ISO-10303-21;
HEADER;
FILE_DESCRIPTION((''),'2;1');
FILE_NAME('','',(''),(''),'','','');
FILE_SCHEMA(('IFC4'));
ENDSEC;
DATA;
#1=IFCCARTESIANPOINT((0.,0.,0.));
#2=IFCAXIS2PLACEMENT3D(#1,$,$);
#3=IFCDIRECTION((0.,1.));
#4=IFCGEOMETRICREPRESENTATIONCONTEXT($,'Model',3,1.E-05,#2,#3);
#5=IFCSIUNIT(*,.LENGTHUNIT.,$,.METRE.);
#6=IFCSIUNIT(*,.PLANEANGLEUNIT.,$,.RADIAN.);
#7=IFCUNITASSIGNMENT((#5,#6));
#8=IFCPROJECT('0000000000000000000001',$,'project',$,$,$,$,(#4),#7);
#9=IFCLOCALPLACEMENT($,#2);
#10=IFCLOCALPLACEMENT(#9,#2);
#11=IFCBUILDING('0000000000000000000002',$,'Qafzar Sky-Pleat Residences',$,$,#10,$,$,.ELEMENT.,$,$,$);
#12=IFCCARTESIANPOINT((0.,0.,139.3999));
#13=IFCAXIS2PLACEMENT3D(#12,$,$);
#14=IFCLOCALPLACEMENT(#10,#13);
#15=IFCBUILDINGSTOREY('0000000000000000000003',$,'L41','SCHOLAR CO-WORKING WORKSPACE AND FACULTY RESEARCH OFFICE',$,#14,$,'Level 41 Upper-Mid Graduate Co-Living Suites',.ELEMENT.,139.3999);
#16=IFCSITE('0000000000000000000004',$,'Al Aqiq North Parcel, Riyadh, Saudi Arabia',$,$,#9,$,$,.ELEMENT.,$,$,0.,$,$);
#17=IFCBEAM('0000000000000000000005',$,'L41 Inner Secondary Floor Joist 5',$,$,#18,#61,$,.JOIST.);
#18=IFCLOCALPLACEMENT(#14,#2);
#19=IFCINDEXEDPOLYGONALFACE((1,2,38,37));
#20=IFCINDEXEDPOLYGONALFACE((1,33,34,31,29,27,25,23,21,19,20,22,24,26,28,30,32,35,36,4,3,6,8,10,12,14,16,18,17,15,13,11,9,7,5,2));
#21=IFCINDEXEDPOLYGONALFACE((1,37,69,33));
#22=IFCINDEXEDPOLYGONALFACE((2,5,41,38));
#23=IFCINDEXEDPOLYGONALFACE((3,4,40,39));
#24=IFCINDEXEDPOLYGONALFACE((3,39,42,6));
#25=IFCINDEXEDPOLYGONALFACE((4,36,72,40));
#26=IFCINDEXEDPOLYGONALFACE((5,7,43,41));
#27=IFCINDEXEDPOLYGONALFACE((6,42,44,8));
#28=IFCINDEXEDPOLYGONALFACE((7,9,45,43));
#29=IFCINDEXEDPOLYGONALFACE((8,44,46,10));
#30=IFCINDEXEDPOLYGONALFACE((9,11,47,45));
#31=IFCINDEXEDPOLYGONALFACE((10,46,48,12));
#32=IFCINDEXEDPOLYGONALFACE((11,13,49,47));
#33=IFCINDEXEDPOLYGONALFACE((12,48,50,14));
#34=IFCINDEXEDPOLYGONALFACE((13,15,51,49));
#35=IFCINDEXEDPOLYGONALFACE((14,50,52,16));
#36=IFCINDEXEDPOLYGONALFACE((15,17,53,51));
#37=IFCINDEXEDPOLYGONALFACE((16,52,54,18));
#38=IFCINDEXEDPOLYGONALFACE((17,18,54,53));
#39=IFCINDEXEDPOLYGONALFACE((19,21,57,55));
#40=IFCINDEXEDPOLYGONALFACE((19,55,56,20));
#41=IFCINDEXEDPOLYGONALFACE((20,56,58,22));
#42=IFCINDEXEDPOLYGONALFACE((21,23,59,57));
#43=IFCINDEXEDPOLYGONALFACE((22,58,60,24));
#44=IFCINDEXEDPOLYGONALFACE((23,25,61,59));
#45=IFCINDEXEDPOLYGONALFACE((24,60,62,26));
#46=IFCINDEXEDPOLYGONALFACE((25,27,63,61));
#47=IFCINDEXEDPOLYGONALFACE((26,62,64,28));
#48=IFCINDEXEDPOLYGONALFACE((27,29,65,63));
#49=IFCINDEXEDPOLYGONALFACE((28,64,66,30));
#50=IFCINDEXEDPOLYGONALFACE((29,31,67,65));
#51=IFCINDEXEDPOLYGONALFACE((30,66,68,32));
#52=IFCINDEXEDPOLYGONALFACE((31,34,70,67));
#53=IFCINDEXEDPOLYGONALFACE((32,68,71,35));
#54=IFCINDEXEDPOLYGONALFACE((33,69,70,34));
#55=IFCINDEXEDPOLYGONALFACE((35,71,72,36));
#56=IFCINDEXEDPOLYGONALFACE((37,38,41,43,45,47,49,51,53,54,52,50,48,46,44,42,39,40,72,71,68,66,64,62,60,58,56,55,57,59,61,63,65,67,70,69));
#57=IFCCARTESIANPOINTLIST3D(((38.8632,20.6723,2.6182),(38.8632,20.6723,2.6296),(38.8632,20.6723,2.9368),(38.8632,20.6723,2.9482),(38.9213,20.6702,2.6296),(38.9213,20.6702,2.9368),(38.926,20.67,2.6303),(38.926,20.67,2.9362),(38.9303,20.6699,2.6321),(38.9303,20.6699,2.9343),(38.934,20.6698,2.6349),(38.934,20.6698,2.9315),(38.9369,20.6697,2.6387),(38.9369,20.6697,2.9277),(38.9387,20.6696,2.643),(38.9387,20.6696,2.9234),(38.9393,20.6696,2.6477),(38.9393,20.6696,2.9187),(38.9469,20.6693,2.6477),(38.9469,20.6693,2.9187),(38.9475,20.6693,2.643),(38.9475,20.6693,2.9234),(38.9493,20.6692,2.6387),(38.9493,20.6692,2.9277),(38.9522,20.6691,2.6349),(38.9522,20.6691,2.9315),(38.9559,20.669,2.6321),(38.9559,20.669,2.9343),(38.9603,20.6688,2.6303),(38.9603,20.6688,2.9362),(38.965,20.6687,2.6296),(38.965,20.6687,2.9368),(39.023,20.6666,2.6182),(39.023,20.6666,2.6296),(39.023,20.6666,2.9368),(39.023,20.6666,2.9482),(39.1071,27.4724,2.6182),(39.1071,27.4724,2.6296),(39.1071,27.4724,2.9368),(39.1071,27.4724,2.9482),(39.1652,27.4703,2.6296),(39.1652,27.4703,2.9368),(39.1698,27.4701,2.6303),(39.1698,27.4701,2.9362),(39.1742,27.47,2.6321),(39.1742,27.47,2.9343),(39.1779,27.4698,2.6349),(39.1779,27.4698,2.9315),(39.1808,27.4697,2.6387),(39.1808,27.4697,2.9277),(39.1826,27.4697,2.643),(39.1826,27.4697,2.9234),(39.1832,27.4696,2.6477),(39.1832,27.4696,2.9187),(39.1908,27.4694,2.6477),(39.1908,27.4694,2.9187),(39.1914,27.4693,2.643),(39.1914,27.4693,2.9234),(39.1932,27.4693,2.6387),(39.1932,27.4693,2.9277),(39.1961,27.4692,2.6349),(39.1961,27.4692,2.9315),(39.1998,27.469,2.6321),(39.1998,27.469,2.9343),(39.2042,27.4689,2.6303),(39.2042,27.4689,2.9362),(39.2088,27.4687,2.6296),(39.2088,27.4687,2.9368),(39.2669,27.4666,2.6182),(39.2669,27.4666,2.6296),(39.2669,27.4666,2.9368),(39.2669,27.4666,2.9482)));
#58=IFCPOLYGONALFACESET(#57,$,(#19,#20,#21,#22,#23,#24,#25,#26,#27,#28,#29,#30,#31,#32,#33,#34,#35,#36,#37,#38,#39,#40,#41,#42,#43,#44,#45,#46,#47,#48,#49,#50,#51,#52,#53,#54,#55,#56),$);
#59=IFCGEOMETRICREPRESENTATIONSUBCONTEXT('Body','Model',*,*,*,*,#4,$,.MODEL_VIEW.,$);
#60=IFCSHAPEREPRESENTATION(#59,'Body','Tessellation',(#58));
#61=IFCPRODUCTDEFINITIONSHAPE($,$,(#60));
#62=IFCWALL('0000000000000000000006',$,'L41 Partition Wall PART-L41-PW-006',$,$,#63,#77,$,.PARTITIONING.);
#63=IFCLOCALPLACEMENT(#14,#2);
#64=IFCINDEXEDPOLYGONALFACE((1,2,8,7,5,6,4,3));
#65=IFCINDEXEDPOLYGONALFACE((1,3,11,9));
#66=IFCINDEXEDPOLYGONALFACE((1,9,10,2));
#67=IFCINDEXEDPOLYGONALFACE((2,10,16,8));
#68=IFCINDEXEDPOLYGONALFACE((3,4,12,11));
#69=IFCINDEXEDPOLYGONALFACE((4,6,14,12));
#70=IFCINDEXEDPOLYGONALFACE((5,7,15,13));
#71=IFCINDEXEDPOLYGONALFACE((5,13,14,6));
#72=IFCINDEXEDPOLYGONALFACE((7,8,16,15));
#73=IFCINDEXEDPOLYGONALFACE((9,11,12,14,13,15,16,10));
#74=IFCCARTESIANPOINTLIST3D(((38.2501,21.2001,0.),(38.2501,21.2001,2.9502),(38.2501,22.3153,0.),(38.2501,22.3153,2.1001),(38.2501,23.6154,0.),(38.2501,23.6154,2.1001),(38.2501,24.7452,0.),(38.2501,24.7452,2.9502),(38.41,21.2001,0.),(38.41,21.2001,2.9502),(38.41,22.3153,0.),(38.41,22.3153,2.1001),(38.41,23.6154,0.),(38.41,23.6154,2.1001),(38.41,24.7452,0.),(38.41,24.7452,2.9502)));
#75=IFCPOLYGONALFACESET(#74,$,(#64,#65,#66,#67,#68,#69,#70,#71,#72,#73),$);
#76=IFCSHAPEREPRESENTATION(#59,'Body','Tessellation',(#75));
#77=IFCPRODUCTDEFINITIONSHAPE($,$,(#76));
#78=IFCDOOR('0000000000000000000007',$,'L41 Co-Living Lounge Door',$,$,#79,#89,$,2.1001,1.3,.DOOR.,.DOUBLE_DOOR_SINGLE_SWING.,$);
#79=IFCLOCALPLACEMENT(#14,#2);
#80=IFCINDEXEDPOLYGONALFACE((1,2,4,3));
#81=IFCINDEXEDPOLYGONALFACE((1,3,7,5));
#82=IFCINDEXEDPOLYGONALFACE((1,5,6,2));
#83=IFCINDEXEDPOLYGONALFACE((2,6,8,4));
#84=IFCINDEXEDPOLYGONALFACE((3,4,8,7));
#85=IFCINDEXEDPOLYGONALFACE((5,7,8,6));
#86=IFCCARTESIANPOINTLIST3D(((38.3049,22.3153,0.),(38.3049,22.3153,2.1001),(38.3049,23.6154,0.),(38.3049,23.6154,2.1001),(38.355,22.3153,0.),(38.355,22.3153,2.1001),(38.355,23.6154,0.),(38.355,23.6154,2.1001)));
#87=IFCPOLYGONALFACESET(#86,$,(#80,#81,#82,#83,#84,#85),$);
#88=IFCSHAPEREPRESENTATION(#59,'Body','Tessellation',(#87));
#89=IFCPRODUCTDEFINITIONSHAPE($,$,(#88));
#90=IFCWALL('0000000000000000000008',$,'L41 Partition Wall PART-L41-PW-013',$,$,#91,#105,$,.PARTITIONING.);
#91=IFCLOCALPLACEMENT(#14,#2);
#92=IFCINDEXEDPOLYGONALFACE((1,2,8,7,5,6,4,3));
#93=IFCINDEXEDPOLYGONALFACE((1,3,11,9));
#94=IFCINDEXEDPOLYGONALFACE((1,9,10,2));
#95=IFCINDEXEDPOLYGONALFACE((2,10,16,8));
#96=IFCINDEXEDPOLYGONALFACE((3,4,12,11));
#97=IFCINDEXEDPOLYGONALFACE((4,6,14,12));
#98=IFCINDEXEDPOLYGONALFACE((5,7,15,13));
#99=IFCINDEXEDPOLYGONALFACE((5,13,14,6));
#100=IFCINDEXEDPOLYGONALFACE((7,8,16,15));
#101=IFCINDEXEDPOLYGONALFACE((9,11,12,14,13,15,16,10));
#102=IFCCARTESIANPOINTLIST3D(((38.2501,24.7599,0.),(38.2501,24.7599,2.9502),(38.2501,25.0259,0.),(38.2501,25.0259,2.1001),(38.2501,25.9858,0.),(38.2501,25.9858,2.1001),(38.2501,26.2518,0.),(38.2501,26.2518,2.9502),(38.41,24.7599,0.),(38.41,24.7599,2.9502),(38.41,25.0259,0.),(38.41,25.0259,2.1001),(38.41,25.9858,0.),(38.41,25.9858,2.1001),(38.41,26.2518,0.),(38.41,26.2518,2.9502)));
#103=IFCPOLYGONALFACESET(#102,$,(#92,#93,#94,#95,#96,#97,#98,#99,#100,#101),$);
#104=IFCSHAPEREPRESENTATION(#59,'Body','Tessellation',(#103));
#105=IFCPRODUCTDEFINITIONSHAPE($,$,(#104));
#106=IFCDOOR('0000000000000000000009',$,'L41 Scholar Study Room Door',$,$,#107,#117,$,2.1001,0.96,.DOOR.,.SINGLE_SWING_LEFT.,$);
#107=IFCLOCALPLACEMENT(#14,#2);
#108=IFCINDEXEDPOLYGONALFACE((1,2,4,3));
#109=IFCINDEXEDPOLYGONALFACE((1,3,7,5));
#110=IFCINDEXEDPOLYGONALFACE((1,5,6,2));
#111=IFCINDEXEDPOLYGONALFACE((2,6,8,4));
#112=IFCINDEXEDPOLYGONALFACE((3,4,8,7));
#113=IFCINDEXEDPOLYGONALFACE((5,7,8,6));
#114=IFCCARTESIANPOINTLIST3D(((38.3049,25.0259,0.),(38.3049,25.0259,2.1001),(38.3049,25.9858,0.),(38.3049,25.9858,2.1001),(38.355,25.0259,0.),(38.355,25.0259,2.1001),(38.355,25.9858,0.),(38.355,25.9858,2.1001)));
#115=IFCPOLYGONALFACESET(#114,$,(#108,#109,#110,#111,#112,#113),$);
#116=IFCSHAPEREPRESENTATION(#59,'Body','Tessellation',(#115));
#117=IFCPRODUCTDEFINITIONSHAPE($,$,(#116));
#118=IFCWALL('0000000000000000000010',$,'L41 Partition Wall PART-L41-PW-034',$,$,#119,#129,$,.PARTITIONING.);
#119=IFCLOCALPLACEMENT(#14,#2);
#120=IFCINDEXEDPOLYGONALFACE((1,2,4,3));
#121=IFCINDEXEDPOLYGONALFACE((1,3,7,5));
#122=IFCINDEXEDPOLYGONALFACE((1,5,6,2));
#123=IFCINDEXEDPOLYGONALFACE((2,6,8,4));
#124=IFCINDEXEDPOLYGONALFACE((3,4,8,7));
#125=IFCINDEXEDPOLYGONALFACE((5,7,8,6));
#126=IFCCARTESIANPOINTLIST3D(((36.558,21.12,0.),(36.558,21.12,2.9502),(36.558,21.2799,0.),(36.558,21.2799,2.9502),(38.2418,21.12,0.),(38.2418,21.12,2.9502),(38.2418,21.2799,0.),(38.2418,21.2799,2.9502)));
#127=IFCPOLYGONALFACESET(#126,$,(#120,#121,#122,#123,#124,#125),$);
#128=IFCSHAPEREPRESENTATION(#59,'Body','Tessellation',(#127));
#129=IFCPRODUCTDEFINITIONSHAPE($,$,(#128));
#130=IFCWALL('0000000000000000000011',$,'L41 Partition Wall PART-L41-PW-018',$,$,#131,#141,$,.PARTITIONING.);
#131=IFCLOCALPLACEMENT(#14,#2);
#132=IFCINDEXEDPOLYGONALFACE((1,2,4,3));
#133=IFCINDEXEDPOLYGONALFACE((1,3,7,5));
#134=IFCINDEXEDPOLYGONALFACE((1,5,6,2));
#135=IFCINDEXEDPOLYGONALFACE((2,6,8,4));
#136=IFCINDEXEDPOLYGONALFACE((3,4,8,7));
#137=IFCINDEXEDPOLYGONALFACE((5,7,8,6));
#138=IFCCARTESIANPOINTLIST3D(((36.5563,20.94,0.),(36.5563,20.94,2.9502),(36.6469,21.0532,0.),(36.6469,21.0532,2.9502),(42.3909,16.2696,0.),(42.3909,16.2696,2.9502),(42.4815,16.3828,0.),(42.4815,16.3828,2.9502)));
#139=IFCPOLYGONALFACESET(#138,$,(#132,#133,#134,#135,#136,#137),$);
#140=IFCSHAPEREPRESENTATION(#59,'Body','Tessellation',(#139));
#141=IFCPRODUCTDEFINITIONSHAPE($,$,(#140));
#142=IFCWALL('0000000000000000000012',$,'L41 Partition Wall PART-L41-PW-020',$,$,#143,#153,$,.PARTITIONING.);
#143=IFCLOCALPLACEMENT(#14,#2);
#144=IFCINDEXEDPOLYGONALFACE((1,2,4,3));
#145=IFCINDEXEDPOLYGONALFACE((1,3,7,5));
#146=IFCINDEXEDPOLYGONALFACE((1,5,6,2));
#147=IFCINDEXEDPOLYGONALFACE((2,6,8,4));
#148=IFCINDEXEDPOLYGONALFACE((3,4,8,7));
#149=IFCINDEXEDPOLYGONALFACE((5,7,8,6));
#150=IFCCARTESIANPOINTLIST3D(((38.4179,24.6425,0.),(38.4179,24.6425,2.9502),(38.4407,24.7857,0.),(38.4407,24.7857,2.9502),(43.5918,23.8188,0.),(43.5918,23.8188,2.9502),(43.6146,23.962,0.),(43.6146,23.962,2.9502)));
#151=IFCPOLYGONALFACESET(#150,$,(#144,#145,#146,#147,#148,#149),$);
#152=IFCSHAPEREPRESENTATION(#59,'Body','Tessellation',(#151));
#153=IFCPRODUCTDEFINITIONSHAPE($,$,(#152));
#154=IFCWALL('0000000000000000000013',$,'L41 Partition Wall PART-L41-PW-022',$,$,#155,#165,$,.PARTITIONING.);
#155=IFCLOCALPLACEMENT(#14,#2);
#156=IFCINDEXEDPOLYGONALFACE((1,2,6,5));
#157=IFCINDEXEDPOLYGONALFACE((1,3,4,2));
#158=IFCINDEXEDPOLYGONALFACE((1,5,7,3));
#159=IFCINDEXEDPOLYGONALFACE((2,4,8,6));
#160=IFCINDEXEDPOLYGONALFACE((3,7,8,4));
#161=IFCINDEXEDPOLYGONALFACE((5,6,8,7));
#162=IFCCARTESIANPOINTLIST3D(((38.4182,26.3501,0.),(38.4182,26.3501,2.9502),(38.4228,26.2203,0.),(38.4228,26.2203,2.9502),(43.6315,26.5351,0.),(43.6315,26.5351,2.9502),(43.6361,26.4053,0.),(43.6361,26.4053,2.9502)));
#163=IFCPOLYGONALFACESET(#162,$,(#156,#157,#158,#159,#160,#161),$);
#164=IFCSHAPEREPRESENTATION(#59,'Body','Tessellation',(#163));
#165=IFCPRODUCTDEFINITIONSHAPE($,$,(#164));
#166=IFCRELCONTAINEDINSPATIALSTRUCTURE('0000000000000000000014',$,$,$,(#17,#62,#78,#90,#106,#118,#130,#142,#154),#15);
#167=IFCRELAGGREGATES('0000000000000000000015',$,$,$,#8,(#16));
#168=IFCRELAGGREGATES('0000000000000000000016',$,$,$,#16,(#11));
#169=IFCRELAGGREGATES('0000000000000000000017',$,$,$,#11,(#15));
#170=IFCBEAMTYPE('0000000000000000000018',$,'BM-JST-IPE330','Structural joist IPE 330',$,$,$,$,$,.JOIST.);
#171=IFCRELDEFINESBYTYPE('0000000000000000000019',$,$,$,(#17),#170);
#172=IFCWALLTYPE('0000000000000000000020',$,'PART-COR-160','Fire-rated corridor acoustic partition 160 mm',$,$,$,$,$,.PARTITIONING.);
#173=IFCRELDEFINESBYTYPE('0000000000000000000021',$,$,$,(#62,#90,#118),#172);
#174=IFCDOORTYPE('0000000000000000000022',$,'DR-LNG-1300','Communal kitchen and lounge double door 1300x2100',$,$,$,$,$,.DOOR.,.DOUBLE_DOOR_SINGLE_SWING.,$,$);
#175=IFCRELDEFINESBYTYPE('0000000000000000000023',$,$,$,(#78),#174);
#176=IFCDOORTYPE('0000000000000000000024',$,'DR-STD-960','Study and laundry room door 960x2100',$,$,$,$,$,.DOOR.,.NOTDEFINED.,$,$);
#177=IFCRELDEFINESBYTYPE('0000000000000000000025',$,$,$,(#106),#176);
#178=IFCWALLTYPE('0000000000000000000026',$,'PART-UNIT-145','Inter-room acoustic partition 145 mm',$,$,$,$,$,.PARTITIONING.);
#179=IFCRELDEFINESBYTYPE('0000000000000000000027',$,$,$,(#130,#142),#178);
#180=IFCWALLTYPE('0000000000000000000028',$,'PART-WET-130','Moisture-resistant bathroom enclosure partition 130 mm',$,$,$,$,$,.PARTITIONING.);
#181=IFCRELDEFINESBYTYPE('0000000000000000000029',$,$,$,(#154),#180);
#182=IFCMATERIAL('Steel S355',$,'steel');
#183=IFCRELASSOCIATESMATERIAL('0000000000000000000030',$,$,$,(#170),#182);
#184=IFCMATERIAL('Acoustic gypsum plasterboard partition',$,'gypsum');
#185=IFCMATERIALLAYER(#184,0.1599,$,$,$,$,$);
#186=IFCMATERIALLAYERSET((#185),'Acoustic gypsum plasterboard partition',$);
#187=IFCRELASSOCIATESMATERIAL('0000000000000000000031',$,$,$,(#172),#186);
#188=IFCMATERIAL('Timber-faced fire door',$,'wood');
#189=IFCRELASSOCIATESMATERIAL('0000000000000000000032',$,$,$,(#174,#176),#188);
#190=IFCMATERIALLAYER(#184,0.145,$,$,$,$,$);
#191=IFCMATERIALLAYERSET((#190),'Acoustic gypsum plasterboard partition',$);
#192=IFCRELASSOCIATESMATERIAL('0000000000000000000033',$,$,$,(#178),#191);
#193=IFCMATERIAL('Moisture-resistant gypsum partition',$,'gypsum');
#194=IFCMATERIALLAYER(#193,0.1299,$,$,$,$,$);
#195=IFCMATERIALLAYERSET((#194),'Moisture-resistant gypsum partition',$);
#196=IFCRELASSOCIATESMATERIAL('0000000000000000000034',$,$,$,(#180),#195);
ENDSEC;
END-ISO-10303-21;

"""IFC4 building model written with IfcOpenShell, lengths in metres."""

from ifc_helpers import new_model, si_unit, direction, frame, frame_2d, origin, origin_2d, place, context, subcontext, project, spatial, rectangle, i_section, extrude, source, transform, mapped, material, layer, layer_set, material_profile, profile_set, type_object, element, fill, save


model = new_model("IFC4")

# Units and contexts
model_context = context("Model", 3, precision=1e-05, world=origin(), true_north=direction((0.0, 1.0)))
body_context = subcontext(model_context, "Body", "Model", "MODEL_VIEW")
ifc_project = project(units=[si_unit("LENGTHUNIT", "METRE"), si_unit("PLANEANGLEUNIT", "RADIAN")], contexts=[model_context])

# Site, building, storey
site_placement = place(None, origin())
site = spatial("IfcSite", under=ifc_project, at=site_placement, Name="Al Aqiq North Parcel, Riyadh, Saudi Arabia", CompositionType="ELEMENT", RefElevation=0.0)
building_placement = place(site_placement, origin())
building = spatial("IfcBuilding", under=site, at=building_placement, Name="Qafzar Sky-Pleat Residences", CompositionType="ELEMENT")
storey_placement = place(building_placement, frame((0.0, 0.0, 139.3999)))
storey = spatial("IfcBuildingStorey", under=building, at=storey_placement, Name="L41", Description="SCHOLAR CO-WORKING WORKSPACE AND FACULTY RESEARCH OFFICE", LongName="Level 41 Upper-Mid Graduate Co-Living Suites", CompositionType="ELEMENT", Elevation=139.3999)

# Shared definitions
ifc_material_1 = material(Name="Steel S355", Category="steel")

# Beam
ifc_material_profile_1 = material_profile(ifc_material_1, i_section(OverallWidth=0.1599, OverallDepth=0.3301, WebThickness=0.0076, FlangeThickness=0.0115, FilletRadius=0.0181, at=origin_2d()), Name="IPE 330")
ifc_profile_set_1 = profile_set([ifc_material_profile_1], Name="Steel S355")
beam_type_1 = type_object("IfcBeamType", Name="BM-JST-IPE330", Description="Structural joist IPE 330", PredefinedType="JOIST", material=ifc_profile_set_1)
shared_shape_1 = source(origin(), body_context, "Body", "SweptSolid", [
    extrude(i_section(OverallWidth=0.1599, OverallDepth=0.3301, WebThickness=0.0076, FlangeThickness=0.0115, FilletRadius=0.0181, at=origin_2d()), origin(), (0.0, 0.0, 1.0), 6.8044),
])
beam_1_placement = place(storey_placement, frame((38.9431, 20.6694, 2.7832), z_axis=(0.035844, 0.999357, 0.0), x_axis=(-0.999357, 0.035844, 0.0)))
element("IfcBeam", 1, at=beam_1_placement, inside=storey, type_object=beam_type_1, Name="L41 Inner Secondary Floor Joist 5", PredefinedType="JOIST", context=body_context, shape_type="MappedRepresentation", body=[
    mapped(shared_shape_1, transform((0.0, 0.0, 0.0), x_axis=(1.0, 0.0, 0.0), y_axis=(0.0, 1.0, 0.0), z_axis=(0.0, 0.0, 1.0), scale=1.0)),
])

# Walls, openings, doors
ifc_material_2 = material(Name="Acoustic gypsum plasterboard partition", Category="gypsum")
ifc_layer_1 = layer(ifc_material_2, 0.1599)
ifc_layer_set_1 = layer_set([ifc_layer_1], Name="Acoustic gypsum plasterboard partition")
wall_type_1 = type_object("IfcWallType", Name="PART-COR-160", Description="Fire-rated corridor acoustic partition 160 mm", PredefinedType="PARTITIONING", material=ifc_layer_set_1)
wall_1_placement = place(storey_placement, frame((38.3301, 24.7451, 0.0), z_axis=(0.0, 0.0, 1.0), x_axis=(0.0, -1.0, 0.0)))
wall_1 = element("IfcWall", 2, at=wall_1_placement, inside=storey, type_object=wall_type_1, Name="L41 Partition Wall PART-L41-PW-006", PredefinedType="PARTITIONING", context=body_context, shape_type="SweptSolid", body=[
    extrude(rectangle(XDim=3.5452, YDim=0.1599, at=frame_2d((1.7725, 0.0))), origin(), (0.0, 0.0, 1.0), 2.9502),
])
opening_1_placement = place(wall_1_placement, frame((1.1299, 0.0, 0.0)))
opening_1 = element("IfcOpeningElement", 3, at=opening_1_placement, cuts=wall_1, PredefinedType="OPENING", context=body_context, shape_type="SweptSolid", body=[
    extrude(rectangle(XDim=1.3, YDim=2.1001, at=frame_2d((0.6499, 1.05))), frame((0.0, 0.0898, 0.0), z_axis=(0.0, -1.0, 0.0), x_axis=(1.0, 0.0, 0.0)), (0.0, 0.0, 1.0), 0.1799),
])
ifc_material_3 = material(Name="Timber-faced fire door", Category="wood")
door_type_1 = type_object("IfcDoorType", Name="DR-LNG-1300", Description="Communal kitchen and lounge double door 1300x2100", OperationType="DOUBLE_DOOR_SINGLE_SWING", PredefinedType="DOOR", material=ifc_material_3)
shared_shape_2 = source(origin(), body_context, "Body", "SweptSolid", [
    extrude(rectangle(XDim=1.3, YDim=2.1001, at=frame_2d((0.6499, 1.05))), frame((0.0, 0.0249, 0.0), z_axis=(0.0, -1.0, 0.0), x_axis=(1.0, 0.0, 0.0)), (0.0, 0.0, 1.0), 0.05),
])
door_1_placement = place(opening_1_placement, origin())
door_1 = element("IfcDoor", 4, at=door_1_placement, inside=storey, type_object=door_type_1, Name="L41 Co-Living Lounge Door", OperationType="DOUBLE_DOOR_SINGLE_SWING", OverallHeight=2.1001, OverallWidth=1.3, PredefinedType="DOOR", context=body_context, shape_type="MappedRepresentation", body=[
    mapped(shared_shape_2, transform((0.0, 0.0, 0.0), x_axis=(1.0, 0.0, 0.0), y_axis=(0.0, 1.0, 0.0), z_axis=(0.0, 0.0, 1.0), scale=1.0)),
])
fill(opening_1, door_1)
wall_2_placement = place(storey_placement, frame((38.3301, 26.252, 0.0), z_axis=(0.0, 0.0, 1.0), x_axis=(0.0, -1.0, 0.0)))
wall_2 = element("IfcWall", 5, at=wall_2_placement, inside=storey, type_object=wall_type_1, Name="L41 Partition Wall PART-L41-PW-013", PredefinedType="PARTITIONING", context=body_context, shape_type="SweptSolid", body=[
    extrude(rectangle(XDim=1.4919, YDim=0.1599, at=frame_2d((0.7461, 0.0))), origin(), (0.0, 0.0, 1.0), 2.9502),
])
opening_2_placement = place(wall_2_placement, frame((0.2661, 0.0, 0.0)))
opening_2 = element("IfcOpeningElement", 6, at=opening_2_placement, cuts=wall_2, PredefinedType="OPENING", context=body_context, shape_type="SweptSolid", body=[
    extrude(rectangle(XDim=0.96, YDim=2.1001, at=frame_2d((0.48, 1.05))), frame((0.0, 0.0898, 0.0), z_axis=(0.0, -1.0, 0.0), x_axis=(1.0, 0.0, 0.0)), (0.0, 0.0, 1.0), 0.1799),
])
door_type_2 = type_object("IfcDoorType", Name="DR-STD-960", Description="Study and laundry room door 960x2100", OperationType="NOTDEFINED", PredefinedType="DOOR", material=ifc_material_3)
shared_shape_3 = source(origin(), body_context, "Body", "SweptSolid", [
    extrude(rectangle(XDim=0.96, YDim=2.1001, at=frame_2d((0.48, 1.05))), frame((0.0, 0.0249, 0.0), z_axis=(0.0, -1.0, 0.0), x_axis=(1.0, 0.0, 0.0)), (0.0, 0.0, 1.0), 0.05),
])
door_2_placement = place(opening_2_placement, origin())
door_2 = element("IfcDoor", 7, at=door_2_placement, inside=storey, type_object=door_type_2, Name="L41 Scholar Study Room Door", OperationType="SINGLE_SWING_LEFT", OverallHeight=2.1001, OverallWidth=0.96, PredefinedType="DOOR", context=body_context, shape_type="MappedRepresentation", body=[
    mapped(shared_shape_3, transform((0.0, 0.0, 0.0), x_axis=(1.0, 0.0, 0.0), y_axis=(0.0, 1.0, 0.0), z_axis=(0.0, 0.0, 1.0), scale=1.0)),
])
fill(opening_2, door_2)

# Walls
wall_3_placement = place(storey_placement, frame((36.5581, 21.2, 0.0), z_axis=(0.0, 0.0, 1.0), x_axis=(1.0, 0.0, 0.0)))
element("IfcWall", 8, at=wall_3_placement, inside=storey, type_object=wall_type_1, Name="L41 Partition Wall PART-L41-PW-034", PredefinedType="PARTITIONING", context=body_context, shape_type="SweptSolid", body=[
    extrude(rectangle(XDim=1.6838, YDim=0.1599, at=frame_2d((0.8418, 0.0))), origin(), (0.0, 0.0, 1.0), 2.9502),
])
ifc_layer_2 = layer(ifc_material_2, 0.145)
ifc_layer_set_2 = layer_set([ifc_layer_2], Name="Acoustic gypsum plasterboard partition")
wall_type_2 = type_object("IfcWallType", Name="PART-UNIT-145", Description="Inter-room acoustic partition 145 mm", PredefinedType="PARTITIONING", material=ifc_layer_set_2)
wall_4_placement = place(storey_placement, frame((36.6016, 20.9966, 0.0), z_axis=(0.0, 0.0, 1.0), x_axis=(0.780697, -0.62491, 0.0)))
element("IfcWall", 9, at=wall_4_placement, inside=storey, type_object=wall_type_2, Name="L41 Partition Wall PART-L41-PW-018", PredefinedType="PARTITIONING", context=body_context, shape_type="SweptSolid", body=[
    extrude(rectangle(XDim=7.4736, YDim=0.145, at=frame_2d((3.7368, 0.0))), origin(), (0.0, 0.0, 1.0), 2.9502),
])
wall_5_placement = place(storey_placement, frame((38.4292, 24.7141, 0.0), z_axis=(0.0, 0.0, 1.0), x_axis=(0.987562, -0.157231, 0.0)))
element("IfcWall", 10, at=wall_5_placement, inside=storey, type_object=wall_type_2, Name="L41 Partition Wall PART-L41-PW-020", PredefinedType="PARTITIONING", context=body_context, shape_type="SweptSolid", body=[
    extrude(rectangle(XDim=5.239, YDim=0.145, at=frame_2d((2.6196, 0.0))), origin(), (0.0, 0.0, 1.0), 2.9502),
])
ifc_material_4 = material(Name="Moisture-resistant gypsum partition", Category="gypsum")
ifc_layer_3 = layer(ifc_material_4, 0.1299)
ifc_layer_set_3 = layer_set([ifc_layer_3], Name="Moisture-resistant gypsum partition")
wall_type_3 = type_object("IfcWallType", Name="PART-WET-130", Description="Moisture-resistant bathroom enclosure partition 130 mm", PredefinedType="PARTITIONING", material=ifc_layer_set_3)
wall_6_placement = place(storey_placement, frame((38.4204, 26.2852, 0.0), z_axis=(0.0, 0.0, 1.0), x_axis=(0.999371, 0.035475, 0.0)))
element("IfcWall", 11, at=wall_6_placement, inside=storey, type_object=wall_type_3, Name="L41 Partition Wall PART-L41-PW-022", PredefinedType="PARTITIONING", context=body_context, shape_type="SweptSolid", body=[
    extrude(rectangle(XDim=5.2166, YDim=0.1299, at=frame_2d((2.6084, 0.0))), origin(), (0.0, 0.0, 1.0), 2.9502),
])

save(model, "model.ifc")
